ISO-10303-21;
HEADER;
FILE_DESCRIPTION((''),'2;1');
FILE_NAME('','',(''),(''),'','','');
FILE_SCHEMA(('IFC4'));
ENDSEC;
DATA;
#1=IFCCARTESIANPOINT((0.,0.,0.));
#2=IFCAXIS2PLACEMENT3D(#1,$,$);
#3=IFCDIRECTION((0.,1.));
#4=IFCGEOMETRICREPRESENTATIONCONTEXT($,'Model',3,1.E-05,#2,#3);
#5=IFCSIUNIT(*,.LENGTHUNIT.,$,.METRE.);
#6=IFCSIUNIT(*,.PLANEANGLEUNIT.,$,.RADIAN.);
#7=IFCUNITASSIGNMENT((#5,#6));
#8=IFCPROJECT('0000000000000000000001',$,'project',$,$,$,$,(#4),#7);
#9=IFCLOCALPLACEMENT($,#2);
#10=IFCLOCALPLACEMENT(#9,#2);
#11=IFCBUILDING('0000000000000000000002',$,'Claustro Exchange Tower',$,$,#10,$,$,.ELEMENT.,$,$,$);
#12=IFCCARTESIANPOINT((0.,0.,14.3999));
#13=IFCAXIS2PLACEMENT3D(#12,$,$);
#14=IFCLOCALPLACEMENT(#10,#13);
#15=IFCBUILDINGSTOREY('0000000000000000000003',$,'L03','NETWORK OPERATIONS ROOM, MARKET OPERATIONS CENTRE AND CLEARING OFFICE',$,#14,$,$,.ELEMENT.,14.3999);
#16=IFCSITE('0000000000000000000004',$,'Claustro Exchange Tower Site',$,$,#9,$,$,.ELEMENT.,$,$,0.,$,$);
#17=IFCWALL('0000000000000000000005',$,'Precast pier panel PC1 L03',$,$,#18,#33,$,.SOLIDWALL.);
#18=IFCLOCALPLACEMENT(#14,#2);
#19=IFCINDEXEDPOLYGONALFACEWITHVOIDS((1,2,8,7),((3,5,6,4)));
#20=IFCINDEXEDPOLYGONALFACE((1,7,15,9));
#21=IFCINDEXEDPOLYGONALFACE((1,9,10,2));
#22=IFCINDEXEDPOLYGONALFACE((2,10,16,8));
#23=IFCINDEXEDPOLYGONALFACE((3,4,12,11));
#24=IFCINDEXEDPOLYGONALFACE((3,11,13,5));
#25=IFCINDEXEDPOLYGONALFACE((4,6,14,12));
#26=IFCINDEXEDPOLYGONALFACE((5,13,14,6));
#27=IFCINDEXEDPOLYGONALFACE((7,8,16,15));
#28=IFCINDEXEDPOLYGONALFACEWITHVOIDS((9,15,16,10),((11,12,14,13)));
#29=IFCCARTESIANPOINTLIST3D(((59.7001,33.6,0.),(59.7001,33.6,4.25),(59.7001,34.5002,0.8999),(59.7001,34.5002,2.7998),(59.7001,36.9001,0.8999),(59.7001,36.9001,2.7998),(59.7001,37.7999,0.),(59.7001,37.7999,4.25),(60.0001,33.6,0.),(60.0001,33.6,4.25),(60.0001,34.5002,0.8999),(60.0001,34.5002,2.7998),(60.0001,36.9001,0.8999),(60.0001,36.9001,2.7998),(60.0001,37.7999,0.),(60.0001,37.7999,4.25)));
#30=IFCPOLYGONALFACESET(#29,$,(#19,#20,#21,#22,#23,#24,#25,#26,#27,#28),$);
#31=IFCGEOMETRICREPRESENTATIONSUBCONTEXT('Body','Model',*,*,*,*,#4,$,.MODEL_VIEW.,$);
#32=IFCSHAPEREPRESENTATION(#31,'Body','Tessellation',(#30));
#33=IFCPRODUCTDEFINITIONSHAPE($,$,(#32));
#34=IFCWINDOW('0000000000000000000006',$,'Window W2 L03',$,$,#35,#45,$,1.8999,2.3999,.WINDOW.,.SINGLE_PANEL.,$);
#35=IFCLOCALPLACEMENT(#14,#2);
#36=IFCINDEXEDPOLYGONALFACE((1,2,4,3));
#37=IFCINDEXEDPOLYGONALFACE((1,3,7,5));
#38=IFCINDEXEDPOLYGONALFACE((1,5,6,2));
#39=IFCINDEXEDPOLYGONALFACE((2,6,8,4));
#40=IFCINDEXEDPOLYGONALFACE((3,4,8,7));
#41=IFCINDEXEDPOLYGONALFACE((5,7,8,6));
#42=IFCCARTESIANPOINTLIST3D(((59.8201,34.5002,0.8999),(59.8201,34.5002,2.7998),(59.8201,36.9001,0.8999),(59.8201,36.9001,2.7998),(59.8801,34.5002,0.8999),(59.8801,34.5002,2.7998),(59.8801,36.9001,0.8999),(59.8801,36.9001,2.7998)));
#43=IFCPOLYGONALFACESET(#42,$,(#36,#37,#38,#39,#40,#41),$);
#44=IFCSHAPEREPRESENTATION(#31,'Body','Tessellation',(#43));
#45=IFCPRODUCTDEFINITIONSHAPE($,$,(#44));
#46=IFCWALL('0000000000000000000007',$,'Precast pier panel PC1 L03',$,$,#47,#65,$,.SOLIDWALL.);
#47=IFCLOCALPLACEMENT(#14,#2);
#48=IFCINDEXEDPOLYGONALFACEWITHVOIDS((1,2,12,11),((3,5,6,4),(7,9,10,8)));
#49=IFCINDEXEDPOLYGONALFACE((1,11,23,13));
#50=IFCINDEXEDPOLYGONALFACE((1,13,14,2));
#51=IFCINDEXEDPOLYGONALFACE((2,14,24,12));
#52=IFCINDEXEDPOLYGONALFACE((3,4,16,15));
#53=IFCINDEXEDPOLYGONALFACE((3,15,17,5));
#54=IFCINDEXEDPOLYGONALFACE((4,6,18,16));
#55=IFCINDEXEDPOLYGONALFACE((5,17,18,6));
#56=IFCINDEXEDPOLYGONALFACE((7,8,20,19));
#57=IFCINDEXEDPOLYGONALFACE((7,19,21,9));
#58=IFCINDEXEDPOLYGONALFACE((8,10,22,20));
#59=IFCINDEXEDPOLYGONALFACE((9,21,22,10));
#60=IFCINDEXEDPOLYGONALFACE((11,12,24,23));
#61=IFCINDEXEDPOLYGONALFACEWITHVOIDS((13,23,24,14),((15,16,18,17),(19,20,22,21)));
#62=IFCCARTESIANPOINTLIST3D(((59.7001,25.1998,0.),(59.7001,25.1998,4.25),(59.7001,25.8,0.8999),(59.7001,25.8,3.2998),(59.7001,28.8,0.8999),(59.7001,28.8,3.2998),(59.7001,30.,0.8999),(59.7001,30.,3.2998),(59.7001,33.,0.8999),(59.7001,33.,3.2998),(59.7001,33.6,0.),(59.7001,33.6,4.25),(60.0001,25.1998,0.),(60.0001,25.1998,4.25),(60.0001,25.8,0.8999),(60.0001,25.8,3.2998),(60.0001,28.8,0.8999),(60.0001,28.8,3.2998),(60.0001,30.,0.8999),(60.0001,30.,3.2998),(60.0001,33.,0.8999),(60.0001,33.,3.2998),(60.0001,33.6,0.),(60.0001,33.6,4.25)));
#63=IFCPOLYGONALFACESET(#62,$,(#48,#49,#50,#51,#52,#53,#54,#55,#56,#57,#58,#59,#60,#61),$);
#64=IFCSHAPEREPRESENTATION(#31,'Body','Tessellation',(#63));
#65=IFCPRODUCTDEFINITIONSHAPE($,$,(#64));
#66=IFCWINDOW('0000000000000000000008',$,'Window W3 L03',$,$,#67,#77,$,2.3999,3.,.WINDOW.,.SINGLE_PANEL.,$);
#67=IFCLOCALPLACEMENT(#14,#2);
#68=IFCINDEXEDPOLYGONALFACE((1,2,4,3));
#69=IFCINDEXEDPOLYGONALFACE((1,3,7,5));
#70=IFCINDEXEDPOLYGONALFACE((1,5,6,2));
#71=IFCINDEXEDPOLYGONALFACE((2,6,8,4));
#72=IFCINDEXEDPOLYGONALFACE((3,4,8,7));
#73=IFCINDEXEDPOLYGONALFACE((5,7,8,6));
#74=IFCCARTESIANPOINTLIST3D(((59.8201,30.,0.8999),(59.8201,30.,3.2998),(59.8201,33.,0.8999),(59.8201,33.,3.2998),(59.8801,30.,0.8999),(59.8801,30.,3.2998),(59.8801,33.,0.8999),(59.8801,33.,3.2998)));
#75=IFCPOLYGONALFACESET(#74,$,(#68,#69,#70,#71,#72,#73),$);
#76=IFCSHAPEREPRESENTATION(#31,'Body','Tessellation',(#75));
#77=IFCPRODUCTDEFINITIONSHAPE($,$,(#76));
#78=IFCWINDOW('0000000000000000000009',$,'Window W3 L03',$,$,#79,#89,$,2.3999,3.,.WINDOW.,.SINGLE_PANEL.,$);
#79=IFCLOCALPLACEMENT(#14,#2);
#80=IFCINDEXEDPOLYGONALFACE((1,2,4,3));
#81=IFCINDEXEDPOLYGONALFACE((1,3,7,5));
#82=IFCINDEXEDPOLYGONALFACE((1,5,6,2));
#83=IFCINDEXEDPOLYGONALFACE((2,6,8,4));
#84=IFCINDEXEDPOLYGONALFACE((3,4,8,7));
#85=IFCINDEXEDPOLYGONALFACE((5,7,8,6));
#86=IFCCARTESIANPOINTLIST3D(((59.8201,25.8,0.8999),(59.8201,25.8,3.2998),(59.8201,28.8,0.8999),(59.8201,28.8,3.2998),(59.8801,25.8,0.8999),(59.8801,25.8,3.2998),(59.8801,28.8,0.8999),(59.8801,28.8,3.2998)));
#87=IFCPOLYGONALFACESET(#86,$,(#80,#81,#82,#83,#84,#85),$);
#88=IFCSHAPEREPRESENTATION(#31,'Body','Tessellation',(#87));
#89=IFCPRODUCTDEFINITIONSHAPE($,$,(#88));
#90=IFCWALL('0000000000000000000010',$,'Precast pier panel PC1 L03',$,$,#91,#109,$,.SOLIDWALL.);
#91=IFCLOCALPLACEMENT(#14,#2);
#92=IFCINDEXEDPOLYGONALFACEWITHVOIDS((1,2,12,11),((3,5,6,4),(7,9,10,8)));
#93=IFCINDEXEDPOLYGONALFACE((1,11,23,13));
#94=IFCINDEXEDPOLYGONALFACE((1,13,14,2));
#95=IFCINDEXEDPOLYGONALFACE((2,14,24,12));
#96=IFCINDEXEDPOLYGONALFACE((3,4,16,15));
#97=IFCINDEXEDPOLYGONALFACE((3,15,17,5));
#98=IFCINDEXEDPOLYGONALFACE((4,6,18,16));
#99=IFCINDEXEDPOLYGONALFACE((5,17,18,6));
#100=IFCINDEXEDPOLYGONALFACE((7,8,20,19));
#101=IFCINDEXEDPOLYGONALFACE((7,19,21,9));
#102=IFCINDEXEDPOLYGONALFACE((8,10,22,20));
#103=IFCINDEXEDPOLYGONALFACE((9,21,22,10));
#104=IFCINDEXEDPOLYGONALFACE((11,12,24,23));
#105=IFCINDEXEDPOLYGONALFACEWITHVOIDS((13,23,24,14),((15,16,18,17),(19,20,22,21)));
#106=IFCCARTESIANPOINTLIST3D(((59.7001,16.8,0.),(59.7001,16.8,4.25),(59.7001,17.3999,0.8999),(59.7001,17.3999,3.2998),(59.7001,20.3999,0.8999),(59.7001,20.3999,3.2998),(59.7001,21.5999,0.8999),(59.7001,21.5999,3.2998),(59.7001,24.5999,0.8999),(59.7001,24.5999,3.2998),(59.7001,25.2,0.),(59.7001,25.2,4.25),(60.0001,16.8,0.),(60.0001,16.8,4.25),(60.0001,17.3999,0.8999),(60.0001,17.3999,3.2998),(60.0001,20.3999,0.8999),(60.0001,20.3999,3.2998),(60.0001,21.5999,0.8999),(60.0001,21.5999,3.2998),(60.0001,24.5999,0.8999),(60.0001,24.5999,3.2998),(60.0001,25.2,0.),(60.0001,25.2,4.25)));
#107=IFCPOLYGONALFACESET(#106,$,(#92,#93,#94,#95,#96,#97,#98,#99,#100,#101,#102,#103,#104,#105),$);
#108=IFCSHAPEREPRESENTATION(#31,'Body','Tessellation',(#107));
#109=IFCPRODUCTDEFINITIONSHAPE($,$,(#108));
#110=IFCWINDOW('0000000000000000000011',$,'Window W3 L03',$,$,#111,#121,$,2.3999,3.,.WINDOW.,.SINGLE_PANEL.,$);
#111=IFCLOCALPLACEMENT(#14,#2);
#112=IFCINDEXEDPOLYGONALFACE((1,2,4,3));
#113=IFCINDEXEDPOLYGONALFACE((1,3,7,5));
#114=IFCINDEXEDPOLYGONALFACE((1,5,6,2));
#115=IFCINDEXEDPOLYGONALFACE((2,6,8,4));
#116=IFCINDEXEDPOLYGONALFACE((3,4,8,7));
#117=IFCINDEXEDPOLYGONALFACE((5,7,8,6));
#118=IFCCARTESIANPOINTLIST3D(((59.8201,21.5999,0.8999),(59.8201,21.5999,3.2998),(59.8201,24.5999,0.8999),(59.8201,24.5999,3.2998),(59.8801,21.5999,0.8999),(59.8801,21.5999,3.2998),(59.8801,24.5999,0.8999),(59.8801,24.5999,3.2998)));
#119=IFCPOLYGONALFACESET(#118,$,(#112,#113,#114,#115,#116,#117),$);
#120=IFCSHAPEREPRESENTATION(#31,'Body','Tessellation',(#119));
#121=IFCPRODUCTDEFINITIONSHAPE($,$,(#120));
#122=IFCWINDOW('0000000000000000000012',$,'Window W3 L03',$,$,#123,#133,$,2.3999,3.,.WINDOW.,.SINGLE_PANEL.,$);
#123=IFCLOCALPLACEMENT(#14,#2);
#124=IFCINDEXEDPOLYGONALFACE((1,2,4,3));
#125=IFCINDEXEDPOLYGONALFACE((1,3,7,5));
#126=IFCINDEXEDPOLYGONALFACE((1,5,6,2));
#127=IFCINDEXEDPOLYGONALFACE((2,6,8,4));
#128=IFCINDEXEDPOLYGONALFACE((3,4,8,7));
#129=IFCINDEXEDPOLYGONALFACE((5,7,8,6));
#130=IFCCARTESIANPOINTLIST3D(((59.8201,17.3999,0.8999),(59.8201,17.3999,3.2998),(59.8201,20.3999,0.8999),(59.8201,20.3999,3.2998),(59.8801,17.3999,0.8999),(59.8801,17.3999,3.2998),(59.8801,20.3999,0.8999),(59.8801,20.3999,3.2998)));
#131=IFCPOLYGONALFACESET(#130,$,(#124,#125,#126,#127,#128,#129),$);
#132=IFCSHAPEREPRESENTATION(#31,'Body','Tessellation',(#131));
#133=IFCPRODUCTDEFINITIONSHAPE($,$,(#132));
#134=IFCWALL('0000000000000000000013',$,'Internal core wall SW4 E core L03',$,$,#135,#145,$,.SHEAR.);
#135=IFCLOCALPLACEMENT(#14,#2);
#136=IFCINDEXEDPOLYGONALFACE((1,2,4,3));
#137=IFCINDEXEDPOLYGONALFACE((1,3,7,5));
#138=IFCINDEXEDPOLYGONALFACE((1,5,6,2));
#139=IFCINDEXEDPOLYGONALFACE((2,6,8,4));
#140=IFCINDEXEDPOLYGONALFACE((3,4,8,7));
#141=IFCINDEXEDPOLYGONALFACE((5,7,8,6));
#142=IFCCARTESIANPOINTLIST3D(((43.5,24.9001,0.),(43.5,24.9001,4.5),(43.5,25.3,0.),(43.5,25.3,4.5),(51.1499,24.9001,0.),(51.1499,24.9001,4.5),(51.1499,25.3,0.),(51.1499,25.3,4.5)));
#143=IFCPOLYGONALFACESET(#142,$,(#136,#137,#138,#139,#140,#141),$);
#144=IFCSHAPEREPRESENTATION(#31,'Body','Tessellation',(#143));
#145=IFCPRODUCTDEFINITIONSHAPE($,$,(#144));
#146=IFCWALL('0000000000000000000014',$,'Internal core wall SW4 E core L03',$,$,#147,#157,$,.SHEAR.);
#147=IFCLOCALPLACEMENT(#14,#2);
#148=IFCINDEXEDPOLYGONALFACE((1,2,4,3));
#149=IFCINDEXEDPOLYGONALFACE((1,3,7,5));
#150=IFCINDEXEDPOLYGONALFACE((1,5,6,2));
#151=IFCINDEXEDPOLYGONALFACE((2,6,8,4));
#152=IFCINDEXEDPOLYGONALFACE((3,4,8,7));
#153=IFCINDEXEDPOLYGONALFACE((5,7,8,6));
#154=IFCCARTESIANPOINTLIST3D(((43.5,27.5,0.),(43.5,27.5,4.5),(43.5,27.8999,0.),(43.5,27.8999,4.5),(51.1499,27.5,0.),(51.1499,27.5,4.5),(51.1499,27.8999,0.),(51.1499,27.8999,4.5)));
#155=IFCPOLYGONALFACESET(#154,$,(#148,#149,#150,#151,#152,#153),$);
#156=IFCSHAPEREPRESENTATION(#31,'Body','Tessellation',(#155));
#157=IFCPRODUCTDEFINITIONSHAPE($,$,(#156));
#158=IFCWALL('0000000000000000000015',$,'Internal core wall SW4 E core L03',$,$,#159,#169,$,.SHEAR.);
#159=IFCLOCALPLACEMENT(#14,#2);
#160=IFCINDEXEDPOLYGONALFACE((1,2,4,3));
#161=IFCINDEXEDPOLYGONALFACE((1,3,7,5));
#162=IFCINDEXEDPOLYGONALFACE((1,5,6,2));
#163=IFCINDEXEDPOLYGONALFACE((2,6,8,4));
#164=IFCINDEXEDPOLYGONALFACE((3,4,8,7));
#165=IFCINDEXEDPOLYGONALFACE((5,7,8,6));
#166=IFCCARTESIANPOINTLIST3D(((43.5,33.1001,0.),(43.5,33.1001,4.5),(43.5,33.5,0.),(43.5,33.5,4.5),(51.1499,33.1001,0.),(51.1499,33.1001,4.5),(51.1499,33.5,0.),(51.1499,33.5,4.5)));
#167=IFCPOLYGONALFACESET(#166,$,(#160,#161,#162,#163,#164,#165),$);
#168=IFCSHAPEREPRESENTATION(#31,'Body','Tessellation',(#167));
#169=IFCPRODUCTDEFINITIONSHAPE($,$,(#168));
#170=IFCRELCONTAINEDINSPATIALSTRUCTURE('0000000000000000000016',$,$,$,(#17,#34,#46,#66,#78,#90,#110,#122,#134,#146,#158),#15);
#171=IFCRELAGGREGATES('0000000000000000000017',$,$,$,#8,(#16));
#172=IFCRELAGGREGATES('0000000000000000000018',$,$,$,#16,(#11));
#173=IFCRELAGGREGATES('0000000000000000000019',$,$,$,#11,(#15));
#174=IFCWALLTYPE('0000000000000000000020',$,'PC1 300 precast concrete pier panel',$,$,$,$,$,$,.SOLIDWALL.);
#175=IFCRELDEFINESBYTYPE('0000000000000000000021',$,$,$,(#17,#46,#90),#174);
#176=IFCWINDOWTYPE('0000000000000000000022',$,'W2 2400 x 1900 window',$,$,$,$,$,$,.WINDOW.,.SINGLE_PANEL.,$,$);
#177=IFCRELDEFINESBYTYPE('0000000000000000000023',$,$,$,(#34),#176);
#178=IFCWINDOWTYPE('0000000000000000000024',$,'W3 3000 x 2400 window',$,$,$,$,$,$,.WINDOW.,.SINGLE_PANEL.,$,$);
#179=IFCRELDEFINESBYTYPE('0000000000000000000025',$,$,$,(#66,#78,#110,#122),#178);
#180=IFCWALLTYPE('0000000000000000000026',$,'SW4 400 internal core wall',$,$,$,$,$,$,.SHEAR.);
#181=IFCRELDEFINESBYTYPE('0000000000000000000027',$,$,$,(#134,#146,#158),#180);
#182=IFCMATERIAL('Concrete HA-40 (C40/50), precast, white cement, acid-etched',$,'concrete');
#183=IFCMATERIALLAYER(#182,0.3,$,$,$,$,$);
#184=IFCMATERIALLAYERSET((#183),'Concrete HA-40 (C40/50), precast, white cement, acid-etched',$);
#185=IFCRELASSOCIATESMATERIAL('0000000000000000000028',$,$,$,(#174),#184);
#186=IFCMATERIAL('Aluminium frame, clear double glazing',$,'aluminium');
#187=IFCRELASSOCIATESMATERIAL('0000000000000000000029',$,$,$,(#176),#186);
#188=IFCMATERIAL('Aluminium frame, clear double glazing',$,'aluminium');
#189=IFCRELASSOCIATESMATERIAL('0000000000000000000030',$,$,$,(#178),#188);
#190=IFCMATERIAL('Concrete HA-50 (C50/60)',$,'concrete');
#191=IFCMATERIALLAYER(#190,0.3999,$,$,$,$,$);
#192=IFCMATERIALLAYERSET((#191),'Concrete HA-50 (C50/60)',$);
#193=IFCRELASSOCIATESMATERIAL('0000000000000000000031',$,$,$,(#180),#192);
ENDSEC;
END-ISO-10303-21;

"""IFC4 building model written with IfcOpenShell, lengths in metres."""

from ifc_helpers import new_model, si_unit, direction, frame, frame_2d, origin, place, context, subcontext, project, spatial, rectangle, extrude, material, layer, layer_set, type_object, element, fill, save


model = new_model("IFC4")

# Units and contexts
model_context = context("Model", 3, precision=1e-05, world=origin(), true_north=direction((0.0, 1.0)))
body_context = subcontext(model_context, "Body", "Model", "MODEL_VIEW")
ifc_project = project(units=[si_unit("LENGTHUNIT", "METRE"), si_unit("PLANEANGLEUNIT", "RADIAN")], contexts=[model_context])

# Site, building, storey
site_placement = place(None, origin())
site = spatial("IfcSite", under=ifc_project, at=site_placement, Name="Claustro Exchange Tower Site", CompositionType="ELEMENT", RefElevation=0.0)
building_placement = place(site_placement, origin())
building = spatial("IfcBuilding", under=site, at=building_placement, Name="Claustro Exchange Tower", CompositionType="ELEMENT")
storey_placement = place(building_placement, frame((0.0, 0.0, 14.3999)))
storey = spatial("IfcBuildingStorey", under=building, at=storey_placement, Name="L03", Description="NETWORK OPERATIONS ROOM, MARKET OPERATIONS CENTRE AND CLEARING OFFICE", CompositionType="ELEMENT", Elevation=14.3999)

# Wall, opening, window
ifc_material_1 = material(Name="Concrete HA-40 (C40/50), precast, white cement, acid-etched", Category="concrete")
ifc_layer_1 = layer(ifc_material_1, 0.3)
ifc_layer_set_1 = layer_set([ifc_layer_1], Name="Concrete HA-40 (C40/50), precast, white cement, acid-etched")
wall_type_1 = type_object("IfcWallType", Name="PC1 300 precast concrete pier panel", PredefinedType="SOLIDWALL", material=ifc_layer_set_1)
wall_1_placement = place(storey_placement, frame((59.8501, 37.8, 0.0), z_axis=(0.0, 0.0, 1.0), x_axis=(0.0, -1.0, 0.0)))
wall_1 = element("IfcWall", 1, at=wall_1_placement, inside=storey, type_object=wall_type_1, Name="Precast pier panel PC1 L03", PredefinedType="SOLIDWALL", context=body_context, shape_type="SweptSolid", body=[
    extrude(rectangle(XDim=4.2, YDim=0.3, at=frame_2d((2.1001, 0.0))), origin(), (0.0, 0.0, 1.0), 4.25),
])
opening_1_placement = place(wall_1_placement, frame((0.8999, 0.0, 0.8999)))
opening_1 = element("IfcOpeningElement", 2, at=opening_1_placement, cuts=wall_1, PredefinedType="OPENING", context=body_context, shape_type="SweptSolid", body=[
    extrude(rectangle(XDim=2.3999, YDim=1.8999, at=frame_2d((1.2, 0.95))), frame((0.0, 0.1599, 0.0), z_axis=(0.0, -1.0, 0.0), x_axis=(1.0, 0.0, 0.0)), (0.0, 0.0, 1.0), 0.3201),
])
ifc_material_2 = material(Name="Aluminium frame, clear double glazing", Category="aluminium")
window_type_1 = type_object("IfcWindowType", Name="W2 2400 x 1900 window", PartitioningType="SINGLE_PANEL", PredefinedType="WINDOW", material=ifc_material_2)
window_1_placement = place(opening_1_placement, origin())
window_1 = element("IfcWindow", 3, at=window_1_placement, inside=storey, type_object=window_type_1, Name="Window W2 L03", OverallHeight=1.8999, OverallWidth=2.3999, PartitioningType="SINGLE_PANEL", PredefinedType="WINDOW", context=body_context, shape_type="SweptSolid", body=[
    extrude(rectangle(XDim=2.3999, YDim=1.8999, at=frame_2d((1.2, 0.95))), frame((0.0, 0.03, 0.0), z_axis=(0.0, -1.0, 0.0), x_axis=(1.0, 0.0, 0.0)), (0.0, 0.0, 1.0), 0.0601),
])
fill(opening_1, window_1)

# Walls, openings, windows
wall_2_placement = place(storey_placement, frame((59.8501, 33.6001, 0.0), z_axis=(0.0, 0.0, 1.0), x_axis=(0.0, -1.0, 0.0)))
wall_2 = element("IfcWall", 4, at=wall_2_placement, inside=storey, type_object=wall_type_1, Name="Precast pier panel PC1 L03", PredefinedType="SOLIDWALL", context=body_context, shape_type="SweptSolid", body=[
    extrude(rectangle(XDim=8.4001, YDim=0.3, at=frame_2d((4.2002, 0.0))), origin(), (0.0, 0.0, 1.0), 4.25),
])
opening_2_placement = place(wall_2_placement, frame((0.6001, 0.0, 0.8999)))
opening_2 = element("IfcOpeningElement", 5, at=opening_2_placement, cuts=wall_2, PredefinedType="OPENING", context=body_context, shape_type="SweptSolid", body=[
    extrude(rectangle(XDim=3.0, YDim=2.3999, at=frame_2d((1.5, 1.2))), frame((0.0, 0.1599, 0.0), z_axis=(0.0, -1.0, 0.0), x_axis=(1.0, 0.0, 0.0)), (0.0, 0.0, 1.0), 0.3201),
])
opening_3_placement = place(wall_2_placement, frame((4.8, 0.0, 0.8999)))
opening_3 = element("IfcOpeningElement", 6, at=opening_3_placement, cuts=wall_2, PredefinedType="OPENING", context=body_context, shape_type="SweptSolid", body=[
    extrude(rectangle(XDim=3.0, YDim=2.3999, at=frame_2d((1.5, 1.2))), frame((0.0, 0.1599, 0.0), z_axis=(0.0, -1.0, 0.0), x_axis=(1.0, 0.0, 0.0)), (0.0, 0.0, 1.0), 0.3201),
])
ifc_material_3 = material(Name="Aluminium frame, clear double glazing", Category="aluminium")
window_type_2 = type_object("IfcWindowType", Name="W3 3000 x 2400 window", PartitioningType="SINGLE_PANEL", PredefinedType="WINDOW", material=ifc_material_3)
window_2_placement = place(opening_2_placement, origin())
window_2 = element("IfcWindow", 7, at=window_2_placement, inside=storey, type_object=window_type_2, Name="Window W3 L03", OverallHeight=2.3999, OverallWidth=3.0, PartitioningType="SINGLE_PANEL", PredefinedType="WINDOW", context=body_context, shape_type="SweptSolid", body=[
    extrude(rectangle(XDim=3.0, YDim=2.3999, at=frame_2d((1.5, 1.2))), frame((0.0, 0.03, 0.0), z_axis=(0.0, -1.0, 0.0), x_axis=(1.0, 0.0, 0.0)), (0.0, 0.0, 1.0), 0.0601),
])
fill(opening_2, window_2)
window_3_placement = place(opening_3_placement, origin())
window_3 = element("IfcWindow", 8, at=window_3_placement, inside=storey, type_object=window_type_2, Name="Window W3 L03", OverallHeight=2.3999, OverallWidth=3.0, PartitioningType="SINGLE_PANEL", PredefinedType="WINDOW", context=body_context, shape_type="SweptSolid", body=[
    extrude(rectangle(XDim=3.0, YDim=2.3999, at=frame_2d((1.5, 1.2))), frame((0.0, 0.03, 0.0), z_axis=(0.0, -1.0, 0.0), x_axis=(1.0, 0.0, 0.0)), (0.0, 0.0, 1.0), 0.0601),
])
fill(opening_3, window_3)
wall_3_placement = place(storey_placement, frame((59.8501, 25.2, 0.0), z_axis=(0.0, 0.0, 1.0), x_axis=(0.0, -1.0, 0.0)))
wall_3 = element("IfcWall", 9, at=wall_3_placement, inside=storey, type_object=wall_type_1, Name="Precast pier panel PC1 L03", PredefinedType="SOLIDWALL", context=body_context, shape_type="SweptSolid", body=[
    extrude(rectangle(XDim=8.3999, YDim=0.3, at=frame_2d((4.2, 0.0))), origin(), (0.0, 0.0, 1.0), 4.25),
])
opening_4_placement = place(wall_3_placement, frame((0.6001, 0.0, 0.8999)))
opening_4 = element("IfcOpeningElement", 10, at=opening_4_placement, cuts=wall_3, PredefinedType="OPENING", context=body_context, shape_type="SweptSolid", body=[
    extrude(rectangle(XDim=3.0, YDim=2.3999, at=frame_2d((1.5, 1.2))), frame((0.0, 0.1599, 0.0), z_axis=(0.0, -1.0, 0.0), x_axis=(1.0, 0.0, 0.0)), (0.0, 0.0, 1.0), 0.3201),
])
opening_5_placement = place(wall_3_placement, frame((4.8, 0.0, 0.8999)))
opening_5 = element("IfcOpeningElement", 11, at=opening_5_placement, cuts=wall_3, PredefinedType="OPENING", context=body_context, shape_type="SweptSolid", body=[
    extrude(rectangle(XDim=3.0, YDim=2.3999, at=frame_2d((1.5, 1.2))), frame((0.0, 0.1599, 0.0), z_axis=(0.0, -1.0, 0.0), x_axis=(1.0, 0.0, 0.0)), (0.0, 0.0, 1.0), 0.3201),
])
window_4_placement = place(opening_4_placement, origin())
window_4 = element("IfcWindow", 12, at=window_4_placement, inside=storey, type_object=window_type_2, Name="Window W3 L03", OverallHeight=2.3999, OverallWidth=3.0, PartitioningType="SINGLE_PANEL", PredefinedType="WINDOW", context=body_context, shape_type="SweptSolid", body=[
    extrude(rectangle(XDim=3.0, YDim=2.3999, at=frame_2d((1.5, 1.2))), frame((0.0, 0.03, 0.0), z_axis=(0.0, -1.0, 0.0), x_axis=(1.0, 0.0, 0.0)), (0.0, 0.0, 1.0), 0.0601),
])
fill(opening_4, window_4)
window_5_placement = place(opening_5_placement, origin())
window_5 = element("IfcWindow", 13, at=window_5_placement, inside=storey, type_object=window_type_2, Name="Window W3 L03", OverallHeight=2.3999, OverallWidth=3.0, PartitioningType="SINGLE_PANEL", PredefinedType="WINDOW", context=body_context, shape_type="SweptSolid", body=[
    extrude(rectangle(XDim=3.0, YDim=2.3999, at=frame_2d((1.5, 1.2))), frame((0.0, 0.03, 0.0), z_axis=(0.0, -1.0, 0.0), x_axis=(1.0, 0.0, 0.0)), (0.0, 0.0, 1.0), 0.0601),
])
fill(opening_5, window_5)

# Walls
ifc_material_4 = material(Name="Concrete HA-50 (C50/60)", Category="concrete")
ifc_layer_2 = layer(ifc_material_4, 0.3999)
ifc_layer_set_2 = layer_set([ifc_layer_2], Name="Concrete HA-50 (C50/60)")
wall_type_2 = type_object("IfcWallType", Name="SW4 400 internal core wall", PredefinedType="SHEAR", material=ifc_layer_set_2)
for number, where, z_axis, x_axis, name in (
    (14, (51.1499, 25.1001, 0.0), (0.0, 0.0, 1.0), (-1.0, 0.0, 0.0), "Internal core wall SW4 E core L03"),
    (15, (51.1499, 27.7, 0.0), (0.0, 0.0, 1.0), (-1.0, 0.0, 0.0), "Internal core wall SW4 E core L03"),
    (16, (51.1499, 33.3, 0.0), (0.0, 0.0, 1.0), (-1.0, 0.0, 0.0), "Internal core wall SW4 E core L03"),
):
    element("IfcWall", number, at=place(storey_placement, frame(where, z_axis=z_axis, x_axis=x_axis)), inside=storey, type_object=wall_type_2, Name=name, PredefinedType="SHEAR", context=body_context, shape_type="SweptSolid", body=[
        extrude(rectangle(XDim=7.6499, YDim=0.3999, at=frame_2d((3.825, 0.0))), origin(), (0.0, 0.0, 1.0), 4.5),
    ])

save(model, "model.ifc")
